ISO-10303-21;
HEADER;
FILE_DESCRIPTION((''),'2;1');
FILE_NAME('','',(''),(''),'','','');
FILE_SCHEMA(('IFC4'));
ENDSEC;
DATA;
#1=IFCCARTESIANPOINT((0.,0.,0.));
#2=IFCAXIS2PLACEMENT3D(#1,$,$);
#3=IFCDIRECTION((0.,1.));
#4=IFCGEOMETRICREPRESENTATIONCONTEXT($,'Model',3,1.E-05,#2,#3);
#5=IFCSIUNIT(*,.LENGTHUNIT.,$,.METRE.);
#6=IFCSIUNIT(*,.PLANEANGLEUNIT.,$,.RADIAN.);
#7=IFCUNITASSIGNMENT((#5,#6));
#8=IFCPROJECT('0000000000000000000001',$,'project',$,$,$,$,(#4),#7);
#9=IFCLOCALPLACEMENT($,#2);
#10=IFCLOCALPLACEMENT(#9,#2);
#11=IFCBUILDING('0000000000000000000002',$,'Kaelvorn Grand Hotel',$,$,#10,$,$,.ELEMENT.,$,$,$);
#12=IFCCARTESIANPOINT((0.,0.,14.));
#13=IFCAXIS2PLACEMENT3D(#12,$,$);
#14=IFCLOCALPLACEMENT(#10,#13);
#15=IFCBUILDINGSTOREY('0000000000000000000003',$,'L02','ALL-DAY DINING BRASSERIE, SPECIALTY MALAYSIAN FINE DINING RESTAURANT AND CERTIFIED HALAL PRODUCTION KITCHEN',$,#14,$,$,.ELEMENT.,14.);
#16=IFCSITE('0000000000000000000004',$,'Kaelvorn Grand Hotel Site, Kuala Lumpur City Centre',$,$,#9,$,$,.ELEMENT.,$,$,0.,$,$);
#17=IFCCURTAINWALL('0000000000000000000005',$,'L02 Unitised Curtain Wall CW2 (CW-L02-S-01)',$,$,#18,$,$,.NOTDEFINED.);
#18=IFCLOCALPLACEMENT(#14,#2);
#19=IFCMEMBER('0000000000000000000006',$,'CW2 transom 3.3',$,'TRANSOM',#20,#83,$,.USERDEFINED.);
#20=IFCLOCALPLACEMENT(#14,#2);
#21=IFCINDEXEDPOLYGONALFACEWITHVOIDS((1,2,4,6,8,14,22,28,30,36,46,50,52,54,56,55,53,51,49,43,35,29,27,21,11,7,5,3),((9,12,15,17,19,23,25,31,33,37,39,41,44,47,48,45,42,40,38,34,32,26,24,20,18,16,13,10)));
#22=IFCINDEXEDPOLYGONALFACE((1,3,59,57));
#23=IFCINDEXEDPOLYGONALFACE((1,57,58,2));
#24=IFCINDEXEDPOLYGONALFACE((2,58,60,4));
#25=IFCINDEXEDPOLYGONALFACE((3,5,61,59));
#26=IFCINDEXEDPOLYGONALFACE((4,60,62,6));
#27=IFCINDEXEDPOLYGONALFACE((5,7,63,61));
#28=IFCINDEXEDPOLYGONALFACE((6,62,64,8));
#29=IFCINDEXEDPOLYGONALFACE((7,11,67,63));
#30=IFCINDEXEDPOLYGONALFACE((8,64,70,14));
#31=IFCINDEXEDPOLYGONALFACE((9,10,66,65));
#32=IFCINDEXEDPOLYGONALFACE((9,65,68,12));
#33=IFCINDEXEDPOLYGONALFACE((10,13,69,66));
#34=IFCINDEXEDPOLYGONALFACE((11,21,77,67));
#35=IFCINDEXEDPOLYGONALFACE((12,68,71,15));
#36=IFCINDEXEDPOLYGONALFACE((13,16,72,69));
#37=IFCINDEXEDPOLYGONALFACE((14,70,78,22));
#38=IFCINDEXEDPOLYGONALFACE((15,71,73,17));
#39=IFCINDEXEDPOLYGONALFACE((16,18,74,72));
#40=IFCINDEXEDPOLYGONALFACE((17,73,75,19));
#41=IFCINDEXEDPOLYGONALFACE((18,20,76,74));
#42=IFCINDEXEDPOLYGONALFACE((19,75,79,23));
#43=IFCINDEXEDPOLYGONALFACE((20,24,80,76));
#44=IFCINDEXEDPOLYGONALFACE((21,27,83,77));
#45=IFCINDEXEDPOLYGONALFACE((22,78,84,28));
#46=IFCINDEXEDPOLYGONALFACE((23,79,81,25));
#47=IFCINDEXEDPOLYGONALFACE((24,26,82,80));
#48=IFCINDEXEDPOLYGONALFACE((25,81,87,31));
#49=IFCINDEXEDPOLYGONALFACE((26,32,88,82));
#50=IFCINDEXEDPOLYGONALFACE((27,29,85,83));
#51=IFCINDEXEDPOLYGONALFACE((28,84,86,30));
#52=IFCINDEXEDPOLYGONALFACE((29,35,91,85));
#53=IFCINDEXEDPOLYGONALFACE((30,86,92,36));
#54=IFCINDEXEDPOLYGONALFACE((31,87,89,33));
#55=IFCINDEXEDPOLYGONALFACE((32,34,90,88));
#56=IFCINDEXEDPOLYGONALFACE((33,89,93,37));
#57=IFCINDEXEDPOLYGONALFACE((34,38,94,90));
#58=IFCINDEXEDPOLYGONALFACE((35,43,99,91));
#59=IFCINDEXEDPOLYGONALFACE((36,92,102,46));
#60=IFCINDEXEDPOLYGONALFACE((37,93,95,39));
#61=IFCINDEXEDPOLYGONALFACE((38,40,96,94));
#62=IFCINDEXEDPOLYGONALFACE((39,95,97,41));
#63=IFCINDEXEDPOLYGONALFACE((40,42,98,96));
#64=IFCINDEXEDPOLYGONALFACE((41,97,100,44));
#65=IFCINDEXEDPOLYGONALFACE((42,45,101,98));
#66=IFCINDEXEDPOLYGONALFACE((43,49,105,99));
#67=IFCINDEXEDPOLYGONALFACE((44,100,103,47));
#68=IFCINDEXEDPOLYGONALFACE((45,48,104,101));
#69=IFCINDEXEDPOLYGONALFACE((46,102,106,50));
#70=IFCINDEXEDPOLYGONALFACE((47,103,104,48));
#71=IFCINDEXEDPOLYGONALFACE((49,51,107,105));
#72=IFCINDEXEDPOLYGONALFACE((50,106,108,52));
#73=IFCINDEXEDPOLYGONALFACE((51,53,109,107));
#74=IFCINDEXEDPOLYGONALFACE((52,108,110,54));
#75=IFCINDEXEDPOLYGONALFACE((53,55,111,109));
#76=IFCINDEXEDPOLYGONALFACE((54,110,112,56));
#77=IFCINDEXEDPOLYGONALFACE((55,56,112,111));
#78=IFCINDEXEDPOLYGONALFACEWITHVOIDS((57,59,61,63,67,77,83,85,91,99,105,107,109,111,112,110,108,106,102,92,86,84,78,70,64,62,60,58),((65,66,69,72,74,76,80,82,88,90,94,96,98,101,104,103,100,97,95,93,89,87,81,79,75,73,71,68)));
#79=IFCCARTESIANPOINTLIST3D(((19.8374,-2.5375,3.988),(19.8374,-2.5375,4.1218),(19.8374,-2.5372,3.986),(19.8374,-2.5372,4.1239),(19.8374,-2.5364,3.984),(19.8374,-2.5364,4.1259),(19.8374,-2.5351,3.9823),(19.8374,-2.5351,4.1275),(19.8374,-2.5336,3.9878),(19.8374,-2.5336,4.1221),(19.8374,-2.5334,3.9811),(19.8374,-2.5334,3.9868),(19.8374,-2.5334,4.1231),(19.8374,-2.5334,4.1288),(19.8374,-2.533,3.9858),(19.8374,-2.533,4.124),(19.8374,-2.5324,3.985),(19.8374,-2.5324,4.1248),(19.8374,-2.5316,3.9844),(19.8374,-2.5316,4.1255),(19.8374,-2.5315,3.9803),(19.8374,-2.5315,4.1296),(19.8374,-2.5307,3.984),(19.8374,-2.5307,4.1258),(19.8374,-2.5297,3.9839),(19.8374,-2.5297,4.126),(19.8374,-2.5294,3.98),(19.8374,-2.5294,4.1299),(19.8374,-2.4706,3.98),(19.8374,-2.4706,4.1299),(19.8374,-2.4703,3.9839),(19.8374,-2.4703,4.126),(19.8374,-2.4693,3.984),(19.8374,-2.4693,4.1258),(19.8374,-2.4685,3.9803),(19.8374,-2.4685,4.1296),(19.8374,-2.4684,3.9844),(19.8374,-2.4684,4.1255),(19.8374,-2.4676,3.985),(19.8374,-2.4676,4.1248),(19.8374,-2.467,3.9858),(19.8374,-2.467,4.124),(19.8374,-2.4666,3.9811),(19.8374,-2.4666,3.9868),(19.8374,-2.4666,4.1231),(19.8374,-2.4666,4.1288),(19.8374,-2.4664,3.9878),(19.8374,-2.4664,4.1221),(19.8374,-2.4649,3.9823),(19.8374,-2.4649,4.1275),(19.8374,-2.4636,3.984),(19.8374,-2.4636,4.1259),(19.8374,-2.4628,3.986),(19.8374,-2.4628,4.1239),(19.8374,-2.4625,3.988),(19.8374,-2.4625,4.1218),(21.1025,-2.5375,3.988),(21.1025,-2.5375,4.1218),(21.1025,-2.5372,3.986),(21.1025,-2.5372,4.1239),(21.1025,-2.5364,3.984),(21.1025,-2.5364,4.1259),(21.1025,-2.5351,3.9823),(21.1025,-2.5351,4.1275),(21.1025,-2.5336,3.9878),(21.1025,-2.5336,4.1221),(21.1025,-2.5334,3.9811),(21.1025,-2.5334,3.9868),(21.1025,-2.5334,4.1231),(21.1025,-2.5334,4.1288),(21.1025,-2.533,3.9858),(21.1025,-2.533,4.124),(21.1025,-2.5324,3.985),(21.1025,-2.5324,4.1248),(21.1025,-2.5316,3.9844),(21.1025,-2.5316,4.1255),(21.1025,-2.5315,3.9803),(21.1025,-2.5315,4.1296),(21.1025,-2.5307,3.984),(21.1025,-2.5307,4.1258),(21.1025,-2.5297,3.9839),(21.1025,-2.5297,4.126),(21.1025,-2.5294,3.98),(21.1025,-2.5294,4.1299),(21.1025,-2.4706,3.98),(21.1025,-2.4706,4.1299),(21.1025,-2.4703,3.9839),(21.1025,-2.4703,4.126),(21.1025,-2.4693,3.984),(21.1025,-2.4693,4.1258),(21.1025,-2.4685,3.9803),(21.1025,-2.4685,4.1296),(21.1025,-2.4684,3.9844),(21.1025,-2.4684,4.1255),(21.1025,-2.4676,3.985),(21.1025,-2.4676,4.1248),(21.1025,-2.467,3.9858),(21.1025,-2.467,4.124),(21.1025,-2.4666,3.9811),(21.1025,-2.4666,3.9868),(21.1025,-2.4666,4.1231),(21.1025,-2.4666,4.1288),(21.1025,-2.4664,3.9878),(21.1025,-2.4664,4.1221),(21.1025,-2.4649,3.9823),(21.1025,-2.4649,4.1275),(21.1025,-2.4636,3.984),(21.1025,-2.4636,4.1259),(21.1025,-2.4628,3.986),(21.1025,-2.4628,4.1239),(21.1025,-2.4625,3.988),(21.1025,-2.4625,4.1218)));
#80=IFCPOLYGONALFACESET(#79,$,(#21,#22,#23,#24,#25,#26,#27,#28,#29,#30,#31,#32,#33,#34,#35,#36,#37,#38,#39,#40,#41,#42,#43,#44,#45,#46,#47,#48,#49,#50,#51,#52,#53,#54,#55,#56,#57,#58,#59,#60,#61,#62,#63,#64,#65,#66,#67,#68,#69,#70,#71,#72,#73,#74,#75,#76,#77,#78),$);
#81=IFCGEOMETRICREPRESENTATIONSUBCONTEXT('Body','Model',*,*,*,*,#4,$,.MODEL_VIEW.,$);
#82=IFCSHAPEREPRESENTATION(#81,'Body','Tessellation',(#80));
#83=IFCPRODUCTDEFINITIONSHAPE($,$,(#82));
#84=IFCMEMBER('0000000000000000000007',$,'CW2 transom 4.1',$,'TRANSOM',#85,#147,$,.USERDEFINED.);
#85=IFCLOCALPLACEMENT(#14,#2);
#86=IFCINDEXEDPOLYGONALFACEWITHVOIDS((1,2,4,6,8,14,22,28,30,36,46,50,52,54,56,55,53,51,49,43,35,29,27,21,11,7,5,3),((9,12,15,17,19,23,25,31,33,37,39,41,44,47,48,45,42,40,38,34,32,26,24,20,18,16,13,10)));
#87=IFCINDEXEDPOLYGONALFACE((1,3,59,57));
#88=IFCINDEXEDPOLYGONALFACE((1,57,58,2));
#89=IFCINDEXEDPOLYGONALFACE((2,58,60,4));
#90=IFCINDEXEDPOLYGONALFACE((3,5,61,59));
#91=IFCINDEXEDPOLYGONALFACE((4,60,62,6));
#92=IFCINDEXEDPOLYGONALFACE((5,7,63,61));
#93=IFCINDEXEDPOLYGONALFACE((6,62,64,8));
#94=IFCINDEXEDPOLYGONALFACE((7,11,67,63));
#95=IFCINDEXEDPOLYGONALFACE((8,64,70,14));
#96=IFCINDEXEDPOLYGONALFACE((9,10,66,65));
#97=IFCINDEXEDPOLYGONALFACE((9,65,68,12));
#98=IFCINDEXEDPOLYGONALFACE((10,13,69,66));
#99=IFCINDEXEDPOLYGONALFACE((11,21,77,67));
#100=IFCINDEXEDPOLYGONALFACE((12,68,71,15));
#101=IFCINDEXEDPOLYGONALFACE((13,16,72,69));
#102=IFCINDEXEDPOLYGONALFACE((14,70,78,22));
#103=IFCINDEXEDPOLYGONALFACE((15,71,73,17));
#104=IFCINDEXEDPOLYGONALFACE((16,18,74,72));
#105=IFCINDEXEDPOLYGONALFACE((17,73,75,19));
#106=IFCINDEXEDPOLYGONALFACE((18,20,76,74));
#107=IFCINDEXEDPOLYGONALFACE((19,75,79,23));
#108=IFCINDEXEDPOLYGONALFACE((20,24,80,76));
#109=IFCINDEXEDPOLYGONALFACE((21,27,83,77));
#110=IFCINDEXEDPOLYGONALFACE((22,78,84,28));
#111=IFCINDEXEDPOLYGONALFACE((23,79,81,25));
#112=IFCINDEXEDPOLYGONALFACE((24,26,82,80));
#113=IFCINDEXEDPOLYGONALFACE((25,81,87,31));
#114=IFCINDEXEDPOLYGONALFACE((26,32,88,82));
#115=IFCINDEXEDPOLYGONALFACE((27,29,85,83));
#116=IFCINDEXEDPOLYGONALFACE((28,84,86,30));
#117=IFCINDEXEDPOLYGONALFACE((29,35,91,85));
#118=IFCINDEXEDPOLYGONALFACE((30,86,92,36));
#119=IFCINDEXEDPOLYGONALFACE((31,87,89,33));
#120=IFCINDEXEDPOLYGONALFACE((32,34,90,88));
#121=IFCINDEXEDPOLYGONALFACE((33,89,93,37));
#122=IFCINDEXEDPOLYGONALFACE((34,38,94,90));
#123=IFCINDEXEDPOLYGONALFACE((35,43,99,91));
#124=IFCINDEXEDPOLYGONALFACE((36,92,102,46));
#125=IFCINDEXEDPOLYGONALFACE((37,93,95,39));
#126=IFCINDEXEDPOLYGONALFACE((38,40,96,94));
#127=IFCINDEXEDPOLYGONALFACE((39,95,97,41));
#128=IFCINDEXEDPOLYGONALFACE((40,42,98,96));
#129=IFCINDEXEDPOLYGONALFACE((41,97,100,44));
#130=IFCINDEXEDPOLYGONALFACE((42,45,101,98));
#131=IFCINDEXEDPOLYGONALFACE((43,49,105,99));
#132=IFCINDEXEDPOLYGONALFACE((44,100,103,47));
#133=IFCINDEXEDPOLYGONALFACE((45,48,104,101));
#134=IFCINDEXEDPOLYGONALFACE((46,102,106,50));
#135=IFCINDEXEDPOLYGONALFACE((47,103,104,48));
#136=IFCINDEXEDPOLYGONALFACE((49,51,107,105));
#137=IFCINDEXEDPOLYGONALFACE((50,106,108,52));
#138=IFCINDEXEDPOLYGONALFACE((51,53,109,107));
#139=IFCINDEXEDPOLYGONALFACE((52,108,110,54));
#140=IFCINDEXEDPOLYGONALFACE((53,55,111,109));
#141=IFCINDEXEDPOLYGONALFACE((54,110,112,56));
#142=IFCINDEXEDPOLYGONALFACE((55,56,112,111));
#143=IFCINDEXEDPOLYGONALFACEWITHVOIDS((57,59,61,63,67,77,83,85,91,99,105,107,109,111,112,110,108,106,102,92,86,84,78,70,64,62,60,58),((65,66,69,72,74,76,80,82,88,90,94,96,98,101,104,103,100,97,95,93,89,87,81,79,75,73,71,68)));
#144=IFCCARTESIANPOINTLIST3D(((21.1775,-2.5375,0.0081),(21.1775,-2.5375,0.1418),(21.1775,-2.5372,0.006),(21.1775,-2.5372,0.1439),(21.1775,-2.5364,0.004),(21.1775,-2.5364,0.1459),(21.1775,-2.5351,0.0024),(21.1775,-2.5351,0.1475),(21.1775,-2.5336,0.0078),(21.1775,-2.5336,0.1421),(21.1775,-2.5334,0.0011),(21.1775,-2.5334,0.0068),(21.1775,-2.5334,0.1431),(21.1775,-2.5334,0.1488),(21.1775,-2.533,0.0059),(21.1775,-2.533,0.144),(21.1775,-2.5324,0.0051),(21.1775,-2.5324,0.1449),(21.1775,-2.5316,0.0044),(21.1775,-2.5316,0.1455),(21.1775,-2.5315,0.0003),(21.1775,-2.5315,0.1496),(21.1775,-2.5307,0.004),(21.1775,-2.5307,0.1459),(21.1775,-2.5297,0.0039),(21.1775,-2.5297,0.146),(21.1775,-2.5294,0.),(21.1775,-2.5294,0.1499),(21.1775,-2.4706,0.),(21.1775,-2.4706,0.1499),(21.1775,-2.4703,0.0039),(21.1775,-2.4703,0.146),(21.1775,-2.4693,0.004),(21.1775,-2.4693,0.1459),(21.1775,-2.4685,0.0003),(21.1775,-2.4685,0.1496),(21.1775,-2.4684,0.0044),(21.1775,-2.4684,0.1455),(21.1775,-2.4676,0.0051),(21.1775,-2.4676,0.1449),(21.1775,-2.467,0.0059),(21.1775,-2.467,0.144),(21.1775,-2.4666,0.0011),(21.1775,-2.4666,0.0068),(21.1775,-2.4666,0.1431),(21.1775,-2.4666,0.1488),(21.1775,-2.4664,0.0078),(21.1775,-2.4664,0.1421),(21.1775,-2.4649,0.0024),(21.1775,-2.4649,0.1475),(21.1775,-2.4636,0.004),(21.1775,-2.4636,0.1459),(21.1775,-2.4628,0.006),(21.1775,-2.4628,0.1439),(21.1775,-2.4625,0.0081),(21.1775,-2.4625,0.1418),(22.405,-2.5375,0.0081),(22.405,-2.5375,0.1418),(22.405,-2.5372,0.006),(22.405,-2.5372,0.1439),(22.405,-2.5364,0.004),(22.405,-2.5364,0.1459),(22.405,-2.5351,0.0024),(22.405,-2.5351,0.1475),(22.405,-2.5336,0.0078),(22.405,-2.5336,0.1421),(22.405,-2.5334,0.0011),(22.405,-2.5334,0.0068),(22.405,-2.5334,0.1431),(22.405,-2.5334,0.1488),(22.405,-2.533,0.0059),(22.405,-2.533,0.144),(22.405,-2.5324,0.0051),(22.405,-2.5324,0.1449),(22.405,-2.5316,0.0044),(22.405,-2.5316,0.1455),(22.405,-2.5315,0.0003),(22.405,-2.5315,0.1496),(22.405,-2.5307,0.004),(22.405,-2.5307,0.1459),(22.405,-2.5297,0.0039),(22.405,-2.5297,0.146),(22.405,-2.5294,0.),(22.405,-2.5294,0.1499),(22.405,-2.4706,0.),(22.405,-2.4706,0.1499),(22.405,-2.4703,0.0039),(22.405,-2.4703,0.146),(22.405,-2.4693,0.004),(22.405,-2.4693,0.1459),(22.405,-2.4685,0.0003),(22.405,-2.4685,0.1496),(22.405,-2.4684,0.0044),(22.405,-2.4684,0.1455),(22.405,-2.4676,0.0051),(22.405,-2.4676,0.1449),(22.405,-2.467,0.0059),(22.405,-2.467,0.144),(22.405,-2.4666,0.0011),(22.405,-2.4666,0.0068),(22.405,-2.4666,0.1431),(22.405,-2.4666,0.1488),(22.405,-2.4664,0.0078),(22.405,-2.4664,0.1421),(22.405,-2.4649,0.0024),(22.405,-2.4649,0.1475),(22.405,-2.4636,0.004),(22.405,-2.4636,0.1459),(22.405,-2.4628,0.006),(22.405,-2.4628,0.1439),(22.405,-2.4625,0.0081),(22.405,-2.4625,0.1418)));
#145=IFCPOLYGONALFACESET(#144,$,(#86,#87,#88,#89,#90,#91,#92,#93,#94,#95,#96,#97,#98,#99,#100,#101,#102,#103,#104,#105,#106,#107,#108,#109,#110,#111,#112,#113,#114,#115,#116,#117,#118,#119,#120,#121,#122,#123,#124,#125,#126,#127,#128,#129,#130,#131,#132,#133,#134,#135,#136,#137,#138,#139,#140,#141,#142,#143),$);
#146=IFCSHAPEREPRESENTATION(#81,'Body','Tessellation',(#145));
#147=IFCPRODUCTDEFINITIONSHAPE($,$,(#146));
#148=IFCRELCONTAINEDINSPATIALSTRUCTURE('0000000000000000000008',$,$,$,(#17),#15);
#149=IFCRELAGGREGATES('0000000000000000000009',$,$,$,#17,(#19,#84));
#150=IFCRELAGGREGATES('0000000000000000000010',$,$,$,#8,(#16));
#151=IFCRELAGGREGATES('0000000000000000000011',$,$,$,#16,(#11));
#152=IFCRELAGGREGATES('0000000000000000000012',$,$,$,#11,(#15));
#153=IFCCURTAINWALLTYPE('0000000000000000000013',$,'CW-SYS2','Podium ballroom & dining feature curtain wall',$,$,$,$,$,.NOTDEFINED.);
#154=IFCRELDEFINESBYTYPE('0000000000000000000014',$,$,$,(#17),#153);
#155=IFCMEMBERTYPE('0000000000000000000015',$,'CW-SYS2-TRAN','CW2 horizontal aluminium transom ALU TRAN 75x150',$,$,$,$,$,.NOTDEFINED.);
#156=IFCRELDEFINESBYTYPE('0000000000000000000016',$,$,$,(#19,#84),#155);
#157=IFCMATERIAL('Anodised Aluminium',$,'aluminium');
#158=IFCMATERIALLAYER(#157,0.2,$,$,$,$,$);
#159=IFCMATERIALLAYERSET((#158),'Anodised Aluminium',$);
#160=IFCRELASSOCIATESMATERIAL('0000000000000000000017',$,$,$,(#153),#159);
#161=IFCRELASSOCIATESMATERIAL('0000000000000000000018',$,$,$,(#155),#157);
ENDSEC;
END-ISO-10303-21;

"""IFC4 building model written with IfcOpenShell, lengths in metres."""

from ifc_helpers import new_model, si_unit, direction, frame, origin, origin_2d, place, context, subcontext, project, spatial, hollow_rectangle, extrude, material, layer, layer_set, material_profile, profile_set, type_object, element, aggregate, save


model = new_model("IFC4")

# Units and contexts
model_context = context("Model", 3, precision=1e-05, world=origin(), true_north=direction((0.0, 1.0)))
body_context = subcontext(model_context, "Body", "Model", "MODEL_VIEW")
ifc_project = project(units=[si_unit("LENGTHUNIT", "METRE"), si_unit("PLANEANGLEUNIT", "RADIAN")], contexts=[model_context])

# Site, building, storey
site_placement = place(None, origin())
site = spatial("IfcSite", under=ifc_project, at=site_placement, Name="Kaelvorn Grand Hotel Site, Kuala Lumpur City Centre", CompositionType="ELEMENT", RefElevation=0.0)
building_placement = place(site_placement, origin())
building = spatial("IfcBuilding", under=site, at=building_placement, Name="Kaelvorn Grand Hotel", CompositionType="ELEMENT")
storey_placement = place(building_placement, frame((0.0, 0.0, 14.0)))
storey = spatial("IfcBuildingStorey", under=building, at=storey_placement, Name="L02", Description="ALL-DAY DINING BRASSERIE, SPECIALTY MALAYSIAN FINE DINING RESTAURANT AND CERTIFIED HALAL PRODUCTION KITCHEN", CompositionType="ELEMENT", Elevation=14.0)

# Curtain wall, members
ifc_material_1 = material(Name="Anodised Aluminium", Category="aluminium")
ifc_layer_1 = layer(ifc_material_1, 0.2)
ifc_layer_set_1 = layer_set([ifc_layer_1], Name="Anodised Aluminium")
curtain_wall_type = type_object("IfcCurtainWallType", Name="CW-SYS2", Description="Podium ballroom & dining feature curtain wall", PredefinedType="NOTDEFINED", material=ifc_layer_set_1)
curtain_wall_placement = place(storey_placement, origin())
curtain_wall = element("IfcCurtainWall", 1, at=curtain_wall_placement, inside=storey, type_object=curtain_wall_type, Name="L02 Unitised Curtain Wall CW2 (CW-L02-S-01)", PredefinedType="NOTDEFINED")
ifc_material_profile_1 = material_profile(ifc_material_1, hollow_rectangle(XDim=0.075, YDim=0.1499, WallThickness=0.0039, InnerFilletRadius=0.0039, OuterFilletRadius=0.0081, at=origin_2d()), Name="ALU TRAN 75x150")
ifc_profile_set_1 = profile_set([ifc_material_profile_1], Name="Anodised Aluminium")
member_type_1 = type_object("IfcMemberType", Name="CW-SYS2-TRAN", Description="CW2 horizontal aluminium transom ALU TRAN 75x150", PredefinedType="NOTDEFINED", material=ifc_profile_set_1)
member_1_placement = place(storey_placement, frame((19.8374, -2.5, 4.0549), z_axis=(1.0, 0.0, 0.0), x_axis=(0.0, 1.0, 0.0)))
member_1 = element("IfcMember", 2, at=member_1_placement, type_object=member_type_1, Name="CW2 transom 3.3", ObjectType="TRANSOM", PredefinedType="USERDEFINED", context=body_context, shape_type="SweptSolid", body=[
    extrude(hollow_rectangle(XDim=0.075, YDim=0.1499, WallThickness=0.0039, InnerFilletRadius=0.0039, OuterFilletRadius=0.0081, at=origin_2d()), origin(), (0.0, 0.0, 1.0), 1.2651),
])
member_2_placement = place(storey_placement, frame((21.1775, -2.5, 0.075), z_axis=(1.0, 0.0, 0.0), x_axis=(0.0, 1.0, 0.0)))
member_2 = element("IfcMember", 3, at=member_2_placement, type_object=member_type_1, Name="CW2 transom 4.1", ObjectType="TRANSOM", PredefinedType="USERDEFINED", context=body_context, shape_type="SweptSolid", body=[
    extrude(hollow_rectangle(XDim=0.075, YDim=0.1499, WallThickness=0.0039, InnerFilletRadius=0.0039, OuterFilletRadius=0.0081, at=origin_2d()), origin(), (0.0, 0.0, 1.0), 1.2275),
])
aggregate(curtain_wall, [member_1, member_2])

save(model, "model.ifc")
